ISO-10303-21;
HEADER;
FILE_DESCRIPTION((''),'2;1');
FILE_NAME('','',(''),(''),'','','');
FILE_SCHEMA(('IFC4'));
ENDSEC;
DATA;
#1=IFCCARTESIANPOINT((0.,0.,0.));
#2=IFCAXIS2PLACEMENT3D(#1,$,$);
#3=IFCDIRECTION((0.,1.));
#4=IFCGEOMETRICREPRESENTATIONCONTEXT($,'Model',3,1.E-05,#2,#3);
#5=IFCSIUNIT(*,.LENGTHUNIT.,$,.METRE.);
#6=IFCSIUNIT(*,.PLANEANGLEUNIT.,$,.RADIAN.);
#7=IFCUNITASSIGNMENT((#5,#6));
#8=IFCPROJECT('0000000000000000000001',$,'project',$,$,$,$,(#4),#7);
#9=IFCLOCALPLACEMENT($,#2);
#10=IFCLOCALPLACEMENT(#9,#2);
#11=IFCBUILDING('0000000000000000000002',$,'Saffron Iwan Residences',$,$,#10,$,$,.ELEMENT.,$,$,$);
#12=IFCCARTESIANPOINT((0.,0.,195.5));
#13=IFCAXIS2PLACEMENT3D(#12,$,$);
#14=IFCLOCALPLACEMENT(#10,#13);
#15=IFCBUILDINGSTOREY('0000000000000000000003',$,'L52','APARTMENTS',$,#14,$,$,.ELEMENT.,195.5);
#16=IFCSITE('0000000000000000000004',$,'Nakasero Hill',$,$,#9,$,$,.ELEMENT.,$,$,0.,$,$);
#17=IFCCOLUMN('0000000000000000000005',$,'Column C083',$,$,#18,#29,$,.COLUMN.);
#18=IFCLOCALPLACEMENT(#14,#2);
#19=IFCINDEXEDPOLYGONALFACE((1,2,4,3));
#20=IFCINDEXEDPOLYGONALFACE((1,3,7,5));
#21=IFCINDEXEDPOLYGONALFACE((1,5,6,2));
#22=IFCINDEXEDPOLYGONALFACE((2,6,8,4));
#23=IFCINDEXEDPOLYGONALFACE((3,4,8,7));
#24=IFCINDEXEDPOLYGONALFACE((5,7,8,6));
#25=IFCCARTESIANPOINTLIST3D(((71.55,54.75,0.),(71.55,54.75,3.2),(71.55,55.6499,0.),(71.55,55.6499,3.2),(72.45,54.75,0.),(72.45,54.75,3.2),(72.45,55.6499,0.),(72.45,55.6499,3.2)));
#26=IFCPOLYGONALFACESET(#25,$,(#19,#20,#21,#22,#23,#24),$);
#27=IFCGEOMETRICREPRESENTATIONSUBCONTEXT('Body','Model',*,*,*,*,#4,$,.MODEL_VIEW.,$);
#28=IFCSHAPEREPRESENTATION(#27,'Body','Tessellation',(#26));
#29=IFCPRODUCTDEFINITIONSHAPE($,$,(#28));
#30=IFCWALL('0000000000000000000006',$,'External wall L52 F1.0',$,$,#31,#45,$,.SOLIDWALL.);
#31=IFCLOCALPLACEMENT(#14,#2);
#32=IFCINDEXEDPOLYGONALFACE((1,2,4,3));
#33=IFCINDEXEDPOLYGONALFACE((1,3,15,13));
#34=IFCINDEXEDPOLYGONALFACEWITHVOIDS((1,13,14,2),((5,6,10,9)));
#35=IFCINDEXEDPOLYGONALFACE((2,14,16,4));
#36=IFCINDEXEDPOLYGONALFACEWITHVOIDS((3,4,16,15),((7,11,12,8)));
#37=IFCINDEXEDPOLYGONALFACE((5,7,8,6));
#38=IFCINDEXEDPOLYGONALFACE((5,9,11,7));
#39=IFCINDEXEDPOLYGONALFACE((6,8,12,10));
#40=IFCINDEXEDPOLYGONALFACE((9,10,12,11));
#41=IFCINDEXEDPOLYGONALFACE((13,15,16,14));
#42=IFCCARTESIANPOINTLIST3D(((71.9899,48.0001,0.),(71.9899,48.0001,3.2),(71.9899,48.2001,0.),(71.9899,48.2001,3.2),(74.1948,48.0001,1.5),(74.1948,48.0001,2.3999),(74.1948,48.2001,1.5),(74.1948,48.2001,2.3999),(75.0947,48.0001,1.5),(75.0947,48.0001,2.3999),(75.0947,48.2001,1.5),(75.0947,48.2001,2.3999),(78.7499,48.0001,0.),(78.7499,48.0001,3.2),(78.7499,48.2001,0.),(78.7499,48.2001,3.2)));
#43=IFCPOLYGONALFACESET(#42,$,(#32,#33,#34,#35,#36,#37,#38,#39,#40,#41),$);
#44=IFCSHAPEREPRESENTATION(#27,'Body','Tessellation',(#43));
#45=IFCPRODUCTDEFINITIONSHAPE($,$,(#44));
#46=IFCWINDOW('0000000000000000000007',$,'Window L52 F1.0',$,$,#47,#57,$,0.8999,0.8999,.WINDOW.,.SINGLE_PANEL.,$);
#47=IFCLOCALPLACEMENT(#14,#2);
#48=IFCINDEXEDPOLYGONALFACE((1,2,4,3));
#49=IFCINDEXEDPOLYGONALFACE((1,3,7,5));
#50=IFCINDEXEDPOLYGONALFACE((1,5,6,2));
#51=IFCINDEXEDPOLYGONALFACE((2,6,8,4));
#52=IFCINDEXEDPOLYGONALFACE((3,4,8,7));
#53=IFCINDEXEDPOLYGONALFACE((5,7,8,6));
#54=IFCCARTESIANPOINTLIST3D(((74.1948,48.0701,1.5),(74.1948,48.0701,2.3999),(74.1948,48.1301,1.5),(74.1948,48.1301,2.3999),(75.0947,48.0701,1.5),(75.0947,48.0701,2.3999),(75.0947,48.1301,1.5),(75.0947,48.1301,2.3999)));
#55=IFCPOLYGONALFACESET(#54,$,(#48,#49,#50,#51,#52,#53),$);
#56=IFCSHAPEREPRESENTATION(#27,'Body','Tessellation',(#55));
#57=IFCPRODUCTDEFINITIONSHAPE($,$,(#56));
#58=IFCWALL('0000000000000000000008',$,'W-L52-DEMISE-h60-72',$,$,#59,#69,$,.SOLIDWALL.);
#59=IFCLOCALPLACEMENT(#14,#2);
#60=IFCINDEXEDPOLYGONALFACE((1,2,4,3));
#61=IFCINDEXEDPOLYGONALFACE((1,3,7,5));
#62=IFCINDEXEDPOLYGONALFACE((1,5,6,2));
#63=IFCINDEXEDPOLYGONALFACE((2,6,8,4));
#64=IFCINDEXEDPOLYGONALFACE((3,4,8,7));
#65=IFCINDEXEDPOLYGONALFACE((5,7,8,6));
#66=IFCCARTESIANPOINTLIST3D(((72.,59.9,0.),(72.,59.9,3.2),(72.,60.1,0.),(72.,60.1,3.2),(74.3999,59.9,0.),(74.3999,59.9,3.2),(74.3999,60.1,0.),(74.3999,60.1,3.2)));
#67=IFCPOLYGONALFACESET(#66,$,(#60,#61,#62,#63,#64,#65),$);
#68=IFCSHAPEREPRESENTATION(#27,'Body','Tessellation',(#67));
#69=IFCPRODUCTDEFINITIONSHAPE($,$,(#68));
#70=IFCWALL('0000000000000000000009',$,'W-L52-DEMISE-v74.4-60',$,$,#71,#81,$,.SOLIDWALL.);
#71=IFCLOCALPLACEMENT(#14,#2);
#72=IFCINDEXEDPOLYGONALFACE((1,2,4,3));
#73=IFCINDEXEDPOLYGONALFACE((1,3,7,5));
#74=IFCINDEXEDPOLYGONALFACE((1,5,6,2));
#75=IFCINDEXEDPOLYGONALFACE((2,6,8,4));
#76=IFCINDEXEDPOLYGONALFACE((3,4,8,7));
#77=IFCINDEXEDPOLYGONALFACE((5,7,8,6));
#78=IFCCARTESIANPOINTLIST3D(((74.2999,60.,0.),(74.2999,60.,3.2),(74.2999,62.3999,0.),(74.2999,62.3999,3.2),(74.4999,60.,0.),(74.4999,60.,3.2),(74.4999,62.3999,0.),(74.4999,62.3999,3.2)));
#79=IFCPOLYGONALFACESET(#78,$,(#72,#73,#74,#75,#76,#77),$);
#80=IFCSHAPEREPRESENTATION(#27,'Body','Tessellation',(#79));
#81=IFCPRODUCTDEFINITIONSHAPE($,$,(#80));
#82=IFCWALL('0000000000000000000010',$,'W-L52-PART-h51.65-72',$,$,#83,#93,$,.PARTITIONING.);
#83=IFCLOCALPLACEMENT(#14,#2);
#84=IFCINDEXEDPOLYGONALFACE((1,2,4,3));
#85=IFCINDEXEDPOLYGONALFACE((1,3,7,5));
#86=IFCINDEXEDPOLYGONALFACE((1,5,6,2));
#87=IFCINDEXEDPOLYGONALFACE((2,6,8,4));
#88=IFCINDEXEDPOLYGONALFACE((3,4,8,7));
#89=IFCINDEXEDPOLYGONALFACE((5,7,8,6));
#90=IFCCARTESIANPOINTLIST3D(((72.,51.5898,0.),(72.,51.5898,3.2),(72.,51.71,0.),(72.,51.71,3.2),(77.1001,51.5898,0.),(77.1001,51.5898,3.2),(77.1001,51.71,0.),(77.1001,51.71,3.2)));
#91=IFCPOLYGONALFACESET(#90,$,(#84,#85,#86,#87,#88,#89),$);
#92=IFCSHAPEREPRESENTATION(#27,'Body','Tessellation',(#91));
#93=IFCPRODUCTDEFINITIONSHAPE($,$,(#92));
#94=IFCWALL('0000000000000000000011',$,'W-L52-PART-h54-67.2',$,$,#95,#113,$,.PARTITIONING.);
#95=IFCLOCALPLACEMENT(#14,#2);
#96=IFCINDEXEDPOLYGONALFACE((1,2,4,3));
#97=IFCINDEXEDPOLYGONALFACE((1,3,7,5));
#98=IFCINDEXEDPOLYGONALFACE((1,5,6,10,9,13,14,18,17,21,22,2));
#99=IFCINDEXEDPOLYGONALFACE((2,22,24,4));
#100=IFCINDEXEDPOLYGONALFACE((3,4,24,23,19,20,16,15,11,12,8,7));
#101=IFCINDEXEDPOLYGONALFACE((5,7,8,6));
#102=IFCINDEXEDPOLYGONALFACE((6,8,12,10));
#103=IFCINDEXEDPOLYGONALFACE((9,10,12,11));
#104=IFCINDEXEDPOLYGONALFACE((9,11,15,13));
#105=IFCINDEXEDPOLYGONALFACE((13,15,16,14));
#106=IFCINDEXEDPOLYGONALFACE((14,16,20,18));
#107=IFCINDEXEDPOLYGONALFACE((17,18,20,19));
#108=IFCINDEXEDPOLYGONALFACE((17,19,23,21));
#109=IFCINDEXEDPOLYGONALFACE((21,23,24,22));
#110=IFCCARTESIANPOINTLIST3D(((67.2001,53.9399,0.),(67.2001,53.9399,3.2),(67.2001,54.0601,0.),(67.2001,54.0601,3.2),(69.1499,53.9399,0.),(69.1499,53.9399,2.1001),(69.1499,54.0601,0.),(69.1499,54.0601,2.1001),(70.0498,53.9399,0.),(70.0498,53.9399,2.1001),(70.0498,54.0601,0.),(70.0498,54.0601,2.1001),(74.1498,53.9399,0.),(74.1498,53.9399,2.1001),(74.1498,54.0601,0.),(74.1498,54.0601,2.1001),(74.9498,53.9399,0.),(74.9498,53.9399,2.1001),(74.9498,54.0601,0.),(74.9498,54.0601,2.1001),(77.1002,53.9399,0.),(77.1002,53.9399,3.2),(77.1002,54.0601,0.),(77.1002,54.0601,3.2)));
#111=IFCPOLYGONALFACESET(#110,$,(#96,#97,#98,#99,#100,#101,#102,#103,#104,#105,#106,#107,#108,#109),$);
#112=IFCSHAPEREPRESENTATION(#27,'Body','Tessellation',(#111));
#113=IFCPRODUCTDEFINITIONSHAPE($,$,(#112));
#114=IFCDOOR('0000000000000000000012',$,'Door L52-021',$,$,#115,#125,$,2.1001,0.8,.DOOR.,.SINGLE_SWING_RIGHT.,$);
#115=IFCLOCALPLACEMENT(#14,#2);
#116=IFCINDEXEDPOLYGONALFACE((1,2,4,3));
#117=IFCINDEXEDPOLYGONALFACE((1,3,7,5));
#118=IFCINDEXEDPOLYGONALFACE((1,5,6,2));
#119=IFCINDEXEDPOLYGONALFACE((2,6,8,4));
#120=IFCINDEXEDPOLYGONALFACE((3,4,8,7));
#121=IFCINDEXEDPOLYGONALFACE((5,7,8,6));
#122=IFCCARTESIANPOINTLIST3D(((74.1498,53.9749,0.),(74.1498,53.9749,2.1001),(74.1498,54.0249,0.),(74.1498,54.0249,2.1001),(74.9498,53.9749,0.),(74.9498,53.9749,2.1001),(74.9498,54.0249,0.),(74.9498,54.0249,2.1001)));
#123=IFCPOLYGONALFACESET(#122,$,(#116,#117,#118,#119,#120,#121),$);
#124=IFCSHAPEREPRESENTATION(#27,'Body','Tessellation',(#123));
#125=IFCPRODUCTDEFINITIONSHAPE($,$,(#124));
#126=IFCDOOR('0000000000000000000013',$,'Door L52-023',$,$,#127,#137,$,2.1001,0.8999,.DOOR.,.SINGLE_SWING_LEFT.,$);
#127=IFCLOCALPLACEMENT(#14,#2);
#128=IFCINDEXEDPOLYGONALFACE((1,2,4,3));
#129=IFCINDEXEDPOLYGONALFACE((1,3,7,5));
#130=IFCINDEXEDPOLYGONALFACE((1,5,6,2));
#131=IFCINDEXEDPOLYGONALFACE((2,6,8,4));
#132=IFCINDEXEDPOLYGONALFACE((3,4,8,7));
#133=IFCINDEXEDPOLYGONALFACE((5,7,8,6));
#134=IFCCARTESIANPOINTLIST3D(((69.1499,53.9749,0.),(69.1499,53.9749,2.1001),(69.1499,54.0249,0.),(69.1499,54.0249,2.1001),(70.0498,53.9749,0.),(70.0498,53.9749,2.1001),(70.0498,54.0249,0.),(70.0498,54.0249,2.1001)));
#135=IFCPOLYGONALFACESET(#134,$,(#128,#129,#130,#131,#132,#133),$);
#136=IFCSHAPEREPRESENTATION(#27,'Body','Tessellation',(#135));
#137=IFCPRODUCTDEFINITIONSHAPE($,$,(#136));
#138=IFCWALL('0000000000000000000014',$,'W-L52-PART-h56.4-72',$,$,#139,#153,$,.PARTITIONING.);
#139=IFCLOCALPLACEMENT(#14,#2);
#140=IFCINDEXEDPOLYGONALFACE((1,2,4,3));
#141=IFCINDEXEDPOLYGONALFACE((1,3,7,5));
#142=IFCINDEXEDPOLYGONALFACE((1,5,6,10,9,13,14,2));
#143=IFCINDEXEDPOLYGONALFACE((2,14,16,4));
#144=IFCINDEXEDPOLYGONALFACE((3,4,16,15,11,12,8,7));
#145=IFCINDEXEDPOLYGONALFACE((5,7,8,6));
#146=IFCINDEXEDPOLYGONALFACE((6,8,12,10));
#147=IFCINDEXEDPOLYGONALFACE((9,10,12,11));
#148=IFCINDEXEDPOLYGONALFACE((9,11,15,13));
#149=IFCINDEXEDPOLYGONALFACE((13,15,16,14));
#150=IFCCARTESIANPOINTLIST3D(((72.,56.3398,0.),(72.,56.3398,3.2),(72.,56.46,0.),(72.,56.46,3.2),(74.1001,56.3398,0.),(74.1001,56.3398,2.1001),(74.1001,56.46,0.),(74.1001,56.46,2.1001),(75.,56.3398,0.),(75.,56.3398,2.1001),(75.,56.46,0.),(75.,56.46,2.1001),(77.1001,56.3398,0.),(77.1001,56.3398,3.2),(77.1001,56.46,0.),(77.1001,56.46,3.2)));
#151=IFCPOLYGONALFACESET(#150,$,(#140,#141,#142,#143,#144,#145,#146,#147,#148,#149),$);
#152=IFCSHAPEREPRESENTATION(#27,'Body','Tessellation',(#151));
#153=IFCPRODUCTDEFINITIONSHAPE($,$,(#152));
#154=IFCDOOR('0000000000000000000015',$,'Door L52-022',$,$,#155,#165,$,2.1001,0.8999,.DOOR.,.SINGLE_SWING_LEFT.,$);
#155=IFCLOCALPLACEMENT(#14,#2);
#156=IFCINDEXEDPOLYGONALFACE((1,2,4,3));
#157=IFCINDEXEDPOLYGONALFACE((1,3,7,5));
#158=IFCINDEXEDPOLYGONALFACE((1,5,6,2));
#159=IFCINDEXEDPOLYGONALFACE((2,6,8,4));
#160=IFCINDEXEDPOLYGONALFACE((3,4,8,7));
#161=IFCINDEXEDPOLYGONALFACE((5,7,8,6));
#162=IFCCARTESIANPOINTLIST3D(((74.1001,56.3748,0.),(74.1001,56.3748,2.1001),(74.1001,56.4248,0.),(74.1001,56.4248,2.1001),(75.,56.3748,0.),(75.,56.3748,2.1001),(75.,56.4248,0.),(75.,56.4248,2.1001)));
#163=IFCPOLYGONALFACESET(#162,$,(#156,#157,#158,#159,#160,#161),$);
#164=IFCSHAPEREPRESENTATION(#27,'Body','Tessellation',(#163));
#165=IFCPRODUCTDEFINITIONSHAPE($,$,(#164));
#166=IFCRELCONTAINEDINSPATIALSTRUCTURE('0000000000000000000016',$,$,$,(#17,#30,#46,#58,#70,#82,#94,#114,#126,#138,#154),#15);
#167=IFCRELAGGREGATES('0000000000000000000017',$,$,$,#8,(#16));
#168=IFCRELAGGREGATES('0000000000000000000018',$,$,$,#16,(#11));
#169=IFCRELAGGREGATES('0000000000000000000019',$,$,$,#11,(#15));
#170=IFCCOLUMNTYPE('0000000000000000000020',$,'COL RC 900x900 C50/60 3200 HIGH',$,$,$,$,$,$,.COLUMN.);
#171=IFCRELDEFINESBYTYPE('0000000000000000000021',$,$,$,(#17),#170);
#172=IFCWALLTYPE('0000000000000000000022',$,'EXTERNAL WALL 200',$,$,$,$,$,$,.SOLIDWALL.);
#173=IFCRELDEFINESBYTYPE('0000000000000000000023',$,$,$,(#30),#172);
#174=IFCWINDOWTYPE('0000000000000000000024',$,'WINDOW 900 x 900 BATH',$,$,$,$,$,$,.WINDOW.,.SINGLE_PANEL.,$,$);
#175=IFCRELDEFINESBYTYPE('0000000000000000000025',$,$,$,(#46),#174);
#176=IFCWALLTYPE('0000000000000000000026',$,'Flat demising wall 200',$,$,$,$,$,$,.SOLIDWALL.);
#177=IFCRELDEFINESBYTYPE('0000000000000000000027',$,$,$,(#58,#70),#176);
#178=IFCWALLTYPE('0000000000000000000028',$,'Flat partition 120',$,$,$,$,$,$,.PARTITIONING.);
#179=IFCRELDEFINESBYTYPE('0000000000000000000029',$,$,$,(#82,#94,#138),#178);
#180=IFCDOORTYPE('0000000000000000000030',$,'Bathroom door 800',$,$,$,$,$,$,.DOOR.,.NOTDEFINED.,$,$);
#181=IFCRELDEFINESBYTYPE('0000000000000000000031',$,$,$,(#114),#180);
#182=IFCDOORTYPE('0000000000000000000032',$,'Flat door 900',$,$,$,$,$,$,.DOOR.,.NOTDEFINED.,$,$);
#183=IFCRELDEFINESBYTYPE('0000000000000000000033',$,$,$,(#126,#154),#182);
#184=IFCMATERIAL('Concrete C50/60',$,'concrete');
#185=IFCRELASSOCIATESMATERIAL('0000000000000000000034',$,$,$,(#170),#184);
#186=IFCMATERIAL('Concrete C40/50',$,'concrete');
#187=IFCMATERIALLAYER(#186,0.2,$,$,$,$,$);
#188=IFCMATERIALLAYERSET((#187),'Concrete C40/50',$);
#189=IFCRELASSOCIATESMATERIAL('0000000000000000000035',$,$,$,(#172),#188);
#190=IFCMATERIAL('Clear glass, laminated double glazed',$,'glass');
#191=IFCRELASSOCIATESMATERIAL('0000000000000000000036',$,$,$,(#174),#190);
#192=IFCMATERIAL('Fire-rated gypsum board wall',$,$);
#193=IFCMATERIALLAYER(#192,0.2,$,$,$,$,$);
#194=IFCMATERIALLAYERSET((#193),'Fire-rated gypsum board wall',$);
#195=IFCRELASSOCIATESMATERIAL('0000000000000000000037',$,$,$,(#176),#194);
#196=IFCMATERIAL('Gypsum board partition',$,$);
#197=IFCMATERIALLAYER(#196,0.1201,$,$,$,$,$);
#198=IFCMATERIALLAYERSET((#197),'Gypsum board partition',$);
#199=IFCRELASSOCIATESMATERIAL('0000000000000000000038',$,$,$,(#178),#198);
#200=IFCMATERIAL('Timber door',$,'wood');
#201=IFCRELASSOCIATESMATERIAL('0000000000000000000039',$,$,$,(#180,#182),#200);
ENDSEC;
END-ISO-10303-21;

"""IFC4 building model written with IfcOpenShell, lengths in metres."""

from ifc_helpers import new_model, si_unit, direction, frame, frame_2d, origin, origin_2d, place, context, subcontext, project, spatial, rectangle, extrude, source, transform, mapped, material, layer, layer_set, material_profile, profile_set, type_object, element, fill, save


model = new_model("IFC4")

# Units and contexts
model_context = context("Model", 3, precision=1e-05, world=origin(), true_north=direction((0.0, 1.0)))
body_context = subcontext(model_context, "Body", "Model", "MODEL_VIEW")
ifc_project = project(units=[si_unit("LENGTHUNIT", "METRE"), si_unit("PLANEANGLEUNIT", "RADIAN")], contexts=[model_context])

# Site, building, storey
site_placement = place(None, origin())
site = spatial("IfcSite", under=ifc_project, at=site_placement, Name="Nakasero Hill", CompositionType="ELEMENT", RefElevation=0.0)
building_placement = place(site_placement, origin())
building = spatial("IfcBuilding", under=site, at=building_placement, Name="Saffron Iwan Residences", CompositionType="ELEMENT")
storey_placement = place(building_placement, frame((0.0, 0.0, 195.5)))
storey = spatial("IfcBuildingStorey", under=building, at=storey_placement, Name="L52", Description="APARTMENTS", CompositionType="ELEMENT", Elevation=195.5)

# Column
ifc_material_1 = material(Name="Concrete C50/60", Category="concrete")
ifc_material_profile = material_profile(ifc_material_1, rectangle(XDim=0.8999, YDim=0.8999, at=origin_2d()), Name="RC 900x900")
ifc_profile_set = profile_set([ifc_material_profile], Name="Concrete C50/60")
column_type = type_object("IfcColumnType", Name="COL RC 900x900 C50/60 3200 HIGH", PredefinedType="COLUMN", material=ifc_profile_set)
shared_shape = source(origin(), body_context, "Body", "SweptSolid", [
    extrude(rectangle(XDim=0.8999, YDim=0.8999, at=origin_2d()), origin(), (0.0, 0.0, 1.0), 3.2),
])
column_placement = place(storey_placement, frame((72.0, 55.2, 0.0), z_axis=(0.0, 0.0, 1.0), x_axis=(1.0, 0.0, 0.0)))
element("IfcColumn", 1, at=column_placement, inside=storey, type_object=column_type, Name="Column C083", PredefinedType="COLUMN", context=body_context, shape_type="MappedRepresentation", body=[
    mapped(shared_shape, transform((0.0, 0.0, 0.0))),
])

# Wall, opening, window
ifc_material_2 = material(Name="Concrete C40/50", Category="concrete")
ifc_layer_1 = layer(ifc_material_2, 0.2)
ifc_layer_set_1 = layer_set([ifc_layer_1], Name="Concrete C40/50")
wall_type_1 = type_object("IfcWallType", Name="EXTERNAL WALL 200", PredefinedType="SOLIDWALL", material=ifc_layer_set_1)
wall_1_placement = place(storey_placement, frame((71.99, 48.1001, 0.0), z_axis=(0.0, 0.0, 1.0), x_axis=(1.0, 0.0, 0.0)))
wall_1 = element("IfcWall", 2, at=wall_1_placement, inside=storey, type_object=wall_type_1, Name="External wall L52 F1.0", PredefinedType="SOLIDWALL", context=body_context, shape_type="SweptSolid", body=[
    extrude(rectangle(XDim=6.76, YDim=0.2, at=frame_2d((3.3799, 0.0))), origin(), (0.0, 0.0, 1.0), 3.2),
])
opening_1_placement = place(wall_1_placement, frame((2.2048, 0.0, 1.5)))
opening_1 = element("IfcOpeningElement", 3, at=opening_1_placement, cuts=wall_1, PredefinedType="OPENING", context=body_context, shape_type="SweptSolid", body=[
    extrude(rectangle(XDim=0.8999, YDim=0.8999, at=frame_2d((0.45, 0.45))), frame((0.0, 0.1099, 0.0), z_axis=(0.0, -1.0, 0.0), x_axis=(1.0, 0.0, 0.0)), (0.0, 0.0, 1.0), 0.22),
])
ifc_material_3 = material(Name="Clear glass, laminated double glazed", Category="glass")
window_type = type_object("IfcWindowType", Name="WINDOW 900 x 900 BATH", PartitioningType="SINGLE_PANEL", PredefinedType="WINDOW", material=ifc_material_3)
window_placement = place(opening_1_placement, origin())
window = element("IfcWindow", 4, at=window_placement, inside=storey, type_object=window_type, Name="Window L52 F1.0", OverallHeight=0.8999, OverallWidth=0.8999, PartitioningType="SINGLE_PANEL", PredefinedType="WINDOW", context=body_context, shape_type="SweptSolid", body=[
    extrude(rectangle(XDim=0.8999, YDim=0.8999, at=frame_2d((0.45, 0.45))), frame((0.0, 0.03, 0.0), z_axis=(0.0, -1.0, 0.0), x_axis=(1.0, 0.0, 0.0)), (0.0, 0.0, 1.0), 0.0601),
])
fill(opening_1, window)

# Walls
ifc_material_4 = material(Name="Fire-rated gypsum board wall")
ifc_layer_2 = layer(ifc_material_4, 0.2)
ifc_layer_set_2 = layer_set([ifc_layer_2], Name="Fire-rated gypsum board wall")
wall_type_2 = type_object("IfcWallType", Name="Flat demising wall 200", PredefinedType="SOLIDWALL", material=ifc_layer_set_2)
for number, where, z_axis, x_axis, name in (
    (5, (72.0, 60.0, 0.0), (0.0, 0.0, 1.0), (1.0, 0.0, 0.0), "W-L52-DEMISE-h60-72"),
    (6, (74.3999, 60.0, 0.0), (0.0, 0.0, 1.0), (0.0, 1.0, 0.0), "W-L52-DEMISE-v74.4-60"),
):
    element("IfcWall", number, at=place(storey_placement, frame(where, z_axis=z_axis, x_axis=x_axis)), inside=storey, type_object=wall_type_2, Name=name, PredefinedType="SOLIDWALL", context=body_context, shape_type="SweptSolid", body=[
        extrude(rectangle(XDim=2.3999, YDim=0.2, at=frame_2d((1.2, 0.0))), origin(), (0.0, 0.0, 1.0), 3.2),
    ])
ifc_material_5 = material(Name="Gypsum board partition")
ifc_layer_3 = layer(ifc_material_5, 0.1201)
ifc_layer_set_3 = layer_set([ifc_layer_3], Name="Gypsum board partition")
wall_type_3 = type_object("IfcWallType", Name="Flat partition 120", PredefinedType="PARTITIONING", material=ifc_layer_set_3)
wall_2_placement = place(storey_placement, frame((72.0, 51.6499, 0.0), z_axis=(0.0, 0.0, 1.0), x_axis=(1.0, 0.0, 0.0)))
element("IfcWall", 7, at=wall_2_placement, inside=storey, type_object=wall_type_3, Name="W-L52-PART-h51.65-72", PredefinedType="PARTITIONING", context=body_context, shape_type="SweptSolid", body=[
    extrude(rectangle(XDim=5.1001, YDim=0.1201, at=frame_2d((2.55, 0.0))), origin(), (0.0, 0.0, 1.0), 3.2),
])

# Wall, openings, doors
wall_3_placement = place(storey_placement, frame((67.2, 54.0, 0.0), z_axis=(0.0, 0.0, 1.0), x_axis=(1.0, 0.0, 0.0)))
wall_3 = element("IfcWall", 8, at=wall_3_placement, inside=storey, type_object=wall_type_3, Name="W-L52-PART-h54-67.2", PredefinedType="PARTITIONING", context=body_context, shape_type="SweptSolid", body=[
    extrude(rectangle(XDim=9.9001, YDim=0.1201, at=frame_2d((4.9502, 0.0))), origin(), (0.0, 0.0, 1.0), 3.2),
])
opening_2_placement = place(wall_3_placement, frame((6.95, 0.0, 0.0)))
opening_2 = element("IfcOpeningElement", 9, at=opening_2_placement, cuts=wall_3, PredefinedType="OPENING", context=body_context, shape_type="SweptSolid", body=[
    extrude(rectangle(XDim=0.8, YDim=2.1001, at=frame_2d((0.3999, 1.05))), frame((0.0, 0.0701, 0.0), z_axis=(0.0, -1.0, 0.0), x_axis=(1.0, 0.0, 0.0)), (0.0, 0.0, 1.0), 0.1401),
])
opening_3_placement = place(wall_3_placement, frame((1.95, 0.0, 0.0)))
opening_3 = element("IfcOpeningElement", 10, at=opening_3_placement, cuts=wall_3, PredefinedType="OPENING", context=body_context, shape_type="SweptSolid", body=[
    extrude(rectangle(XDim=0.8999, YDim=2.1001, at=frame_2d((0.45, 1.05))), frame((0.0, 0.0701, 0.0), z_axis=(0.0, -1.0, 0.0), x_axis=(1.0, 0.0, 0.0)), (0.0, 0.0, 1.0), 0.1401),
])
ifc_material_6 = material(Name="Timber door", Category="wood")
door_type_1 = type_object("IfcDoorType", Name="Bathroom door 800", OperationType="NOTDEFINED", PredefinedType="DOOR", material=ifc_material_6)
door_1_placement = place(opening_2_placement, origin())
door_1 = element("IfcDoor", 11, at=door_1_placement, inside=storey, type_object=door_type_1, Name="Door L52-021", OperationType="SINGLE_SWING_RIGHT", OverallHeight=2.1001, OverallWidth=0.8, PredefinedType="DOOR", context=body_context, shape_type="SweptSolid", body=[
    extrude(rectangle(XDim=0.8, YDim=2.1001, at=frame_2d((0.3999, 1.05))), frame((0.0, 0.0249, 0.0), z_axis=(0.0, -1.0, 0.0), x_axis=(1.0, 0.0, 0.0)), (0.0, 0.0, 1.0), 0.05),
])
fill(opening_2, door_1)
door_type_2 = type_object("IfcDoorType", Name="Flat door 900", OperationType="NOTDEFINED", PredefinedType="DOOR", material=ifc_material_6)
door_2_placement = place(opening_3_placement, origin())
door_2 = element("IfcDoor", 12, at=door_2_placement, inside=storey, type_object=door_type_2, Name="Door L52-023", OperationType="SINGLE_SWING_LEFT", OverallHeight=2.1001, OverallWidth=0.8999, PredefinedType="DOOR", context=body_context, shape_type="SweptSolid", body=[
    extrude(rectangle(XDim=0.8999, YDim=2.1001, at=frame_2d((0.45, 1.05))), frame((0.0, 0.0249, 0.0), z_axis=(0.0, -1.0, 0.0), x_axis=(1.0, 0.0, 0.0)), (0.0, 0.0, 1.0), 0.05),
])
fill(opening_3, door_2)

# Wall, opening, door
wall_4_placement = place(storey_placement, frame((72.0, 56.3999, 0.0), z_axis=(0.0, 0.0, 1.0), x_axis=(1.0, 0.0, 0.0)))
wall_4 = element("IfcWall", 13, at=wall_4_placement, inside=storey, type_object=wall_type_3, Name="W-L52-PART-h56.4-72", PredefinedType="PARTITIONING", context=body_context, shape_type="SweptSolid", body=[
    extrude(rectangle(XDim=5.1001, YDim=0.1201, at=frame_2d((2.55, 0.0))), origin(), (0.0, 0.0, 1.0), 3.2),
])
opening_4_placement = place(wall_4_placement, frame((2.1001, 0.0, 0.0)))
opening_4 = element("IfcOpeningElement", 14, at=opening_4_placement, cuts=wall_4, PredefinedType="OPENING", context=body_context, shape_type="SweptSolid", body=[
    extrude(rectangle(XDim=0.8999, YDim=2.1001, at=frame_2d((0.45, 1.05))), frame((0.0, 0.0701, 0.0), z_axis=(0.0, -1.0, 0.0), x_axis=(1.0, 0.0, 0.0)), (0.0, 0.0, 1.0), 0.1401),
])
door_3_placement = place(opening_4_placement, origin())
door_3 = element("IfcDoor", 15, at=door_3_placement, inside=storey, type_object=door_type_2, Name="Door L52-022", OperationType="SINGLE_SWING_LEFT", OverallHeight=2.1001, OverallWidth=0.8999, PredefinedType="DOOR", context=body_context, shape_type="SweptSolid", body=[
    extrude(rectangle(XDim=0.8999, YDim=2.1001, at=frame_2d((0.45, 1.05))), frame((0.0, 0.0249, 0.0), z_axis=(0.0, -1.0, 0.0), x_axis=(1.0, 0.0, 0.0)), (0.0, 0.0, 1.0), 0.05),
])
fill(opening_4, door_3)

save(model, "model.ifc")
